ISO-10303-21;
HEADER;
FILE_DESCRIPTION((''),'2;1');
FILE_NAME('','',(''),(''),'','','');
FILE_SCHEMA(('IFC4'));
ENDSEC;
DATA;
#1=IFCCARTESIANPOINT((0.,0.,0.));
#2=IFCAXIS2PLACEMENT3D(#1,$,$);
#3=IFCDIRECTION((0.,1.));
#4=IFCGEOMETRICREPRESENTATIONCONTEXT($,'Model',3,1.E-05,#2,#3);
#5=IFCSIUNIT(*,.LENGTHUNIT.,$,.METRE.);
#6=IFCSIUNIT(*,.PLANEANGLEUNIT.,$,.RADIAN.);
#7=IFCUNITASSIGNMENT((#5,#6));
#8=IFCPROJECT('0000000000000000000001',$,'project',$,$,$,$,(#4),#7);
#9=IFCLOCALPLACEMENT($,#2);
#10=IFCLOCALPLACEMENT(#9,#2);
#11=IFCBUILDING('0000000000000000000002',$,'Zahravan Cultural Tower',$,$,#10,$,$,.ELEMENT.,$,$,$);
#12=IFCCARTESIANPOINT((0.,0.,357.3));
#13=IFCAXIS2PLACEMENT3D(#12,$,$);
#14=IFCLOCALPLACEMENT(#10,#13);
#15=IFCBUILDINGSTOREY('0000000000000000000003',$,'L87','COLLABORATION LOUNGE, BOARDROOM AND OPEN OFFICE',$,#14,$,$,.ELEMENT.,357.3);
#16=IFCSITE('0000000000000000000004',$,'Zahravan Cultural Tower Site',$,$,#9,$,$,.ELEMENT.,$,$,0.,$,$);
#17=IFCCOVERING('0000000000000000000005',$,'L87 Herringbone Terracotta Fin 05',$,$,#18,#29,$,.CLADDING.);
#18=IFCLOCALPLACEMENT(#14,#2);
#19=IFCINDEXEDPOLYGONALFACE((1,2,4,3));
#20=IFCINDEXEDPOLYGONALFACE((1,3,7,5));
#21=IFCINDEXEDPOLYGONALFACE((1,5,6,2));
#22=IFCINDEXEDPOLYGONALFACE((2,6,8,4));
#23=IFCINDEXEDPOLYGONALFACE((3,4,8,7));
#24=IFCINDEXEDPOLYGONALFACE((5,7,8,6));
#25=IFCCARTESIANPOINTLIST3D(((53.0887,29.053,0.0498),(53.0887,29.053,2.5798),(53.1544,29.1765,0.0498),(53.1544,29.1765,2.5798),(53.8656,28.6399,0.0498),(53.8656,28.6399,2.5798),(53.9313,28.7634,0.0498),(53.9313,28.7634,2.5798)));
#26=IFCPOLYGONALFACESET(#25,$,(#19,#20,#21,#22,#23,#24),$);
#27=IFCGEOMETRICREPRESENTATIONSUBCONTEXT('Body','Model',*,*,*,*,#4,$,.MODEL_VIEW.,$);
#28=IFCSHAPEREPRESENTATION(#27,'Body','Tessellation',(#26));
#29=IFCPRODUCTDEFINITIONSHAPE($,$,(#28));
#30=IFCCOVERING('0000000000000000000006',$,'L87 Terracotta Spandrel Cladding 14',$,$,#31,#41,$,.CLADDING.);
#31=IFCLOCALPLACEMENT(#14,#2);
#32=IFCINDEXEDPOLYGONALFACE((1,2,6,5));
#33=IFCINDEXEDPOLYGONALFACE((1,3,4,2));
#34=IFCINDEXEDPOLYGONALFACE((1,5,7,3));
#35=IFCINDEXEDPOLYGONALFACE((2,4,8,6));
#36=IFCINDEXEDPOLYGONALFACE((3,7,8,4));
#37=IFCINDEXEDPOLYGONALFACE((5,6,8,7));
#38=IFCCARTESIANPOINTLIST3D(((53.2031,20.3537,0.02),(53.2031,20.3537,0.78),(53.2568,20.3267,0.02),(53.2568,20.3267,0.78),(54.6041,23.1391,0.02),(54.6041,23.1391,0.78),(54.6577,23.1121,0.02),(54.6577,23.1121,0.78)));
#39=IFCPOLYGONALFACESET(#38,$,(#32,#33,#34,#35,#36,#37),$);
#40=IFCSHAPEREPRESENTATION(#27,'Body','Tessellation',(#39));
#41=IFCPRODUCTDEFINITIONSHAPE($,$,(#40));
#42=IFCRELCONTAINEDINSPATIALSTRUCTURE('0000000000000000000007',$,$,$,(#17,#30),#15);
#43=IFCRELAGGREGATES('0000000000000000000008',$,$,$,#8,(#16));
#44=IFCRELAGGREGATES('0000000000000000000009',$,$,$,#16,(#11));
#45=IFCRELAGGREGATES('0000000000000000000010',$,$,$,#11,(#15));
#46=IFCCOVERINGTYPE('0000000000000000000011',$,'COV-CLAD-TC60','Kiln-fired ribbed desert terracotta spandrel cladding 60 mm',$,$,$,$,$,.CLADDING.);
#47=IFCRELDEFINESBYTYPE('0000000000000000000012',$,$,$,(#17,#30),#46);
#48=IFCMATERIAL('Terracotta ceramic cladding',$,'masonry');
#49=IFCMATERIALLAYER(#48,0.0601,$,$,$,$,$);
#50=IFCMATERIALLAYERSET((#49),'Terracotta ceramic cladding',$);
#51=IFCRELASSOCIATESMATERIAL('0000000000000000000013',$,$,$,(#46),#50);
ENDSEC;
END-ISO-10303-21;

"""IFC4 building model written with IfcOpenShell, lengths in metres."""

from ifc_helpers import new_model, si_unit, direction, frame, origin, origin_2d, place, context, subcontext, project, spatial, rectangle, extrude, source, transform, mapped, material, layer, layer_set, type_object, element, save


model = new_model("IFC4")

# Units and contexts
model_context = context("Model", 3, precision=1e-05, world=origin(), true_north=direction((0.0, 1.0)))
body_context = subcontext(model_context, "Body", "Model", "MODEL_VIEW")
ifc_project = project(units=[si_unit("LENGTHUNIT", "METRE"), si_unit("PLANEANGLEUNIT", "RADIAN")], contexts=[model_context])

# Site, building, storey
site_placement = place(None, origin())
site = spatial("IfcSite", under=ifc_project, at=site_placement, Name="Zahravan Cultural Tower Site", CompositionType="ELEMENT", RefElevation=0.0)
building_placement = place(site_placement, origin())
building = spatial("IfcBuilding", under=site, at=building_placement, Name="Zahravan Cultural Tower", CompositionType="ELEMENT")
storey_placement = place(building_placement, frame((0.0, 0.0, 357.3)))
storey = spatial("IfcBuildingStorey", under=building, at=storey_placement, Name="L87", Description="COLLABORATION LOUNGE, BOARDROOM AND OPEN OFFICE", CompositionType="ELEMENT", Elevation=357.3)

# Coverings
ifc_material_1 = material(Name="Terracotta ceramic cladding", Category="masonry")
ifc_layer_1 = layer(ifc_material_1, 0.0601)
ifc_layer_set_1 = layer_set([ifc_layer_1], Name="Terracotta ceramic cladding")
covering_type = type_object("IfcCoveringType", Name="COV-CLAD-TC60", Description="Kiln-fired ribbed desert terracotta spandrel cladding 60 mm", PredefinedType="CLADDING", material=ifc_layer_set_1)
shared_shape_1 = source(origin(), body_context, "Body", "SweptSolid", [
    extrude(rectangle(XDim=0.8799, YDim=0.1399, at=origin_2d()), origin(), (0.0, 0.0, 1.0), 2.53),
])
covering_1_placement = place(storey_placement, frame((53.51, 28.9082, 0.0498), z_axis=(0.0, 0.0, 1.0), x_axis=(0.882948, -0.469472, 0.0)))
element("IfcCovering", 1, at=covering_1_placement, inside=storey, type_object=covering_type, Name="L87 Herringbone Terracotta Fin 05", PredefinedType="CLADDING", context=body_context, shape_type="MappedRepresentation", body=[
    mapped(shared_shape_1, transform((0.0, 0.0, 0.0), x_axis=(1.0, 0.0, 0.0), y_axis=(0.0, 1.0, 0.0), z_axis=(0.0, 0.0, 1.0), scale=1.0)),
])
shared_shape_2 = source(origin(), body_context, "Body", "SweptSolid", [
    extrude(rectangle(XDim=3.1179, YDim=0.0601, at=origin_2d()), origin(), (0.0, 0.0, 1.0), 0.76),
])
covering_2_placement = place(storey_placement, frame((53.9304, 21.7329, 0.02), z_axis=(0.0, 0.0, 1.0), x_axis=(-0.449319, -0.893371, 0.0)))
element("IfcCovering", 2, at=covering_2_placement, inside=storey, type_object=covering_type, Name="L87 Terracotta Spandrel Cladding 14", PredefinedType="CLADDING", context=body_context, shape_type="MappedRepresentation", body=[
    mapped(shared_shape_2, transform((0.0, 0.0, 0.0), x_axis=(1.0, 0.0, 0.0), y_axis=(0.0, 1.0, 0.0), z_axis=(0.0, 0.0, 1.0), scale=1.0)),
])

save(model, "model.ifc")
